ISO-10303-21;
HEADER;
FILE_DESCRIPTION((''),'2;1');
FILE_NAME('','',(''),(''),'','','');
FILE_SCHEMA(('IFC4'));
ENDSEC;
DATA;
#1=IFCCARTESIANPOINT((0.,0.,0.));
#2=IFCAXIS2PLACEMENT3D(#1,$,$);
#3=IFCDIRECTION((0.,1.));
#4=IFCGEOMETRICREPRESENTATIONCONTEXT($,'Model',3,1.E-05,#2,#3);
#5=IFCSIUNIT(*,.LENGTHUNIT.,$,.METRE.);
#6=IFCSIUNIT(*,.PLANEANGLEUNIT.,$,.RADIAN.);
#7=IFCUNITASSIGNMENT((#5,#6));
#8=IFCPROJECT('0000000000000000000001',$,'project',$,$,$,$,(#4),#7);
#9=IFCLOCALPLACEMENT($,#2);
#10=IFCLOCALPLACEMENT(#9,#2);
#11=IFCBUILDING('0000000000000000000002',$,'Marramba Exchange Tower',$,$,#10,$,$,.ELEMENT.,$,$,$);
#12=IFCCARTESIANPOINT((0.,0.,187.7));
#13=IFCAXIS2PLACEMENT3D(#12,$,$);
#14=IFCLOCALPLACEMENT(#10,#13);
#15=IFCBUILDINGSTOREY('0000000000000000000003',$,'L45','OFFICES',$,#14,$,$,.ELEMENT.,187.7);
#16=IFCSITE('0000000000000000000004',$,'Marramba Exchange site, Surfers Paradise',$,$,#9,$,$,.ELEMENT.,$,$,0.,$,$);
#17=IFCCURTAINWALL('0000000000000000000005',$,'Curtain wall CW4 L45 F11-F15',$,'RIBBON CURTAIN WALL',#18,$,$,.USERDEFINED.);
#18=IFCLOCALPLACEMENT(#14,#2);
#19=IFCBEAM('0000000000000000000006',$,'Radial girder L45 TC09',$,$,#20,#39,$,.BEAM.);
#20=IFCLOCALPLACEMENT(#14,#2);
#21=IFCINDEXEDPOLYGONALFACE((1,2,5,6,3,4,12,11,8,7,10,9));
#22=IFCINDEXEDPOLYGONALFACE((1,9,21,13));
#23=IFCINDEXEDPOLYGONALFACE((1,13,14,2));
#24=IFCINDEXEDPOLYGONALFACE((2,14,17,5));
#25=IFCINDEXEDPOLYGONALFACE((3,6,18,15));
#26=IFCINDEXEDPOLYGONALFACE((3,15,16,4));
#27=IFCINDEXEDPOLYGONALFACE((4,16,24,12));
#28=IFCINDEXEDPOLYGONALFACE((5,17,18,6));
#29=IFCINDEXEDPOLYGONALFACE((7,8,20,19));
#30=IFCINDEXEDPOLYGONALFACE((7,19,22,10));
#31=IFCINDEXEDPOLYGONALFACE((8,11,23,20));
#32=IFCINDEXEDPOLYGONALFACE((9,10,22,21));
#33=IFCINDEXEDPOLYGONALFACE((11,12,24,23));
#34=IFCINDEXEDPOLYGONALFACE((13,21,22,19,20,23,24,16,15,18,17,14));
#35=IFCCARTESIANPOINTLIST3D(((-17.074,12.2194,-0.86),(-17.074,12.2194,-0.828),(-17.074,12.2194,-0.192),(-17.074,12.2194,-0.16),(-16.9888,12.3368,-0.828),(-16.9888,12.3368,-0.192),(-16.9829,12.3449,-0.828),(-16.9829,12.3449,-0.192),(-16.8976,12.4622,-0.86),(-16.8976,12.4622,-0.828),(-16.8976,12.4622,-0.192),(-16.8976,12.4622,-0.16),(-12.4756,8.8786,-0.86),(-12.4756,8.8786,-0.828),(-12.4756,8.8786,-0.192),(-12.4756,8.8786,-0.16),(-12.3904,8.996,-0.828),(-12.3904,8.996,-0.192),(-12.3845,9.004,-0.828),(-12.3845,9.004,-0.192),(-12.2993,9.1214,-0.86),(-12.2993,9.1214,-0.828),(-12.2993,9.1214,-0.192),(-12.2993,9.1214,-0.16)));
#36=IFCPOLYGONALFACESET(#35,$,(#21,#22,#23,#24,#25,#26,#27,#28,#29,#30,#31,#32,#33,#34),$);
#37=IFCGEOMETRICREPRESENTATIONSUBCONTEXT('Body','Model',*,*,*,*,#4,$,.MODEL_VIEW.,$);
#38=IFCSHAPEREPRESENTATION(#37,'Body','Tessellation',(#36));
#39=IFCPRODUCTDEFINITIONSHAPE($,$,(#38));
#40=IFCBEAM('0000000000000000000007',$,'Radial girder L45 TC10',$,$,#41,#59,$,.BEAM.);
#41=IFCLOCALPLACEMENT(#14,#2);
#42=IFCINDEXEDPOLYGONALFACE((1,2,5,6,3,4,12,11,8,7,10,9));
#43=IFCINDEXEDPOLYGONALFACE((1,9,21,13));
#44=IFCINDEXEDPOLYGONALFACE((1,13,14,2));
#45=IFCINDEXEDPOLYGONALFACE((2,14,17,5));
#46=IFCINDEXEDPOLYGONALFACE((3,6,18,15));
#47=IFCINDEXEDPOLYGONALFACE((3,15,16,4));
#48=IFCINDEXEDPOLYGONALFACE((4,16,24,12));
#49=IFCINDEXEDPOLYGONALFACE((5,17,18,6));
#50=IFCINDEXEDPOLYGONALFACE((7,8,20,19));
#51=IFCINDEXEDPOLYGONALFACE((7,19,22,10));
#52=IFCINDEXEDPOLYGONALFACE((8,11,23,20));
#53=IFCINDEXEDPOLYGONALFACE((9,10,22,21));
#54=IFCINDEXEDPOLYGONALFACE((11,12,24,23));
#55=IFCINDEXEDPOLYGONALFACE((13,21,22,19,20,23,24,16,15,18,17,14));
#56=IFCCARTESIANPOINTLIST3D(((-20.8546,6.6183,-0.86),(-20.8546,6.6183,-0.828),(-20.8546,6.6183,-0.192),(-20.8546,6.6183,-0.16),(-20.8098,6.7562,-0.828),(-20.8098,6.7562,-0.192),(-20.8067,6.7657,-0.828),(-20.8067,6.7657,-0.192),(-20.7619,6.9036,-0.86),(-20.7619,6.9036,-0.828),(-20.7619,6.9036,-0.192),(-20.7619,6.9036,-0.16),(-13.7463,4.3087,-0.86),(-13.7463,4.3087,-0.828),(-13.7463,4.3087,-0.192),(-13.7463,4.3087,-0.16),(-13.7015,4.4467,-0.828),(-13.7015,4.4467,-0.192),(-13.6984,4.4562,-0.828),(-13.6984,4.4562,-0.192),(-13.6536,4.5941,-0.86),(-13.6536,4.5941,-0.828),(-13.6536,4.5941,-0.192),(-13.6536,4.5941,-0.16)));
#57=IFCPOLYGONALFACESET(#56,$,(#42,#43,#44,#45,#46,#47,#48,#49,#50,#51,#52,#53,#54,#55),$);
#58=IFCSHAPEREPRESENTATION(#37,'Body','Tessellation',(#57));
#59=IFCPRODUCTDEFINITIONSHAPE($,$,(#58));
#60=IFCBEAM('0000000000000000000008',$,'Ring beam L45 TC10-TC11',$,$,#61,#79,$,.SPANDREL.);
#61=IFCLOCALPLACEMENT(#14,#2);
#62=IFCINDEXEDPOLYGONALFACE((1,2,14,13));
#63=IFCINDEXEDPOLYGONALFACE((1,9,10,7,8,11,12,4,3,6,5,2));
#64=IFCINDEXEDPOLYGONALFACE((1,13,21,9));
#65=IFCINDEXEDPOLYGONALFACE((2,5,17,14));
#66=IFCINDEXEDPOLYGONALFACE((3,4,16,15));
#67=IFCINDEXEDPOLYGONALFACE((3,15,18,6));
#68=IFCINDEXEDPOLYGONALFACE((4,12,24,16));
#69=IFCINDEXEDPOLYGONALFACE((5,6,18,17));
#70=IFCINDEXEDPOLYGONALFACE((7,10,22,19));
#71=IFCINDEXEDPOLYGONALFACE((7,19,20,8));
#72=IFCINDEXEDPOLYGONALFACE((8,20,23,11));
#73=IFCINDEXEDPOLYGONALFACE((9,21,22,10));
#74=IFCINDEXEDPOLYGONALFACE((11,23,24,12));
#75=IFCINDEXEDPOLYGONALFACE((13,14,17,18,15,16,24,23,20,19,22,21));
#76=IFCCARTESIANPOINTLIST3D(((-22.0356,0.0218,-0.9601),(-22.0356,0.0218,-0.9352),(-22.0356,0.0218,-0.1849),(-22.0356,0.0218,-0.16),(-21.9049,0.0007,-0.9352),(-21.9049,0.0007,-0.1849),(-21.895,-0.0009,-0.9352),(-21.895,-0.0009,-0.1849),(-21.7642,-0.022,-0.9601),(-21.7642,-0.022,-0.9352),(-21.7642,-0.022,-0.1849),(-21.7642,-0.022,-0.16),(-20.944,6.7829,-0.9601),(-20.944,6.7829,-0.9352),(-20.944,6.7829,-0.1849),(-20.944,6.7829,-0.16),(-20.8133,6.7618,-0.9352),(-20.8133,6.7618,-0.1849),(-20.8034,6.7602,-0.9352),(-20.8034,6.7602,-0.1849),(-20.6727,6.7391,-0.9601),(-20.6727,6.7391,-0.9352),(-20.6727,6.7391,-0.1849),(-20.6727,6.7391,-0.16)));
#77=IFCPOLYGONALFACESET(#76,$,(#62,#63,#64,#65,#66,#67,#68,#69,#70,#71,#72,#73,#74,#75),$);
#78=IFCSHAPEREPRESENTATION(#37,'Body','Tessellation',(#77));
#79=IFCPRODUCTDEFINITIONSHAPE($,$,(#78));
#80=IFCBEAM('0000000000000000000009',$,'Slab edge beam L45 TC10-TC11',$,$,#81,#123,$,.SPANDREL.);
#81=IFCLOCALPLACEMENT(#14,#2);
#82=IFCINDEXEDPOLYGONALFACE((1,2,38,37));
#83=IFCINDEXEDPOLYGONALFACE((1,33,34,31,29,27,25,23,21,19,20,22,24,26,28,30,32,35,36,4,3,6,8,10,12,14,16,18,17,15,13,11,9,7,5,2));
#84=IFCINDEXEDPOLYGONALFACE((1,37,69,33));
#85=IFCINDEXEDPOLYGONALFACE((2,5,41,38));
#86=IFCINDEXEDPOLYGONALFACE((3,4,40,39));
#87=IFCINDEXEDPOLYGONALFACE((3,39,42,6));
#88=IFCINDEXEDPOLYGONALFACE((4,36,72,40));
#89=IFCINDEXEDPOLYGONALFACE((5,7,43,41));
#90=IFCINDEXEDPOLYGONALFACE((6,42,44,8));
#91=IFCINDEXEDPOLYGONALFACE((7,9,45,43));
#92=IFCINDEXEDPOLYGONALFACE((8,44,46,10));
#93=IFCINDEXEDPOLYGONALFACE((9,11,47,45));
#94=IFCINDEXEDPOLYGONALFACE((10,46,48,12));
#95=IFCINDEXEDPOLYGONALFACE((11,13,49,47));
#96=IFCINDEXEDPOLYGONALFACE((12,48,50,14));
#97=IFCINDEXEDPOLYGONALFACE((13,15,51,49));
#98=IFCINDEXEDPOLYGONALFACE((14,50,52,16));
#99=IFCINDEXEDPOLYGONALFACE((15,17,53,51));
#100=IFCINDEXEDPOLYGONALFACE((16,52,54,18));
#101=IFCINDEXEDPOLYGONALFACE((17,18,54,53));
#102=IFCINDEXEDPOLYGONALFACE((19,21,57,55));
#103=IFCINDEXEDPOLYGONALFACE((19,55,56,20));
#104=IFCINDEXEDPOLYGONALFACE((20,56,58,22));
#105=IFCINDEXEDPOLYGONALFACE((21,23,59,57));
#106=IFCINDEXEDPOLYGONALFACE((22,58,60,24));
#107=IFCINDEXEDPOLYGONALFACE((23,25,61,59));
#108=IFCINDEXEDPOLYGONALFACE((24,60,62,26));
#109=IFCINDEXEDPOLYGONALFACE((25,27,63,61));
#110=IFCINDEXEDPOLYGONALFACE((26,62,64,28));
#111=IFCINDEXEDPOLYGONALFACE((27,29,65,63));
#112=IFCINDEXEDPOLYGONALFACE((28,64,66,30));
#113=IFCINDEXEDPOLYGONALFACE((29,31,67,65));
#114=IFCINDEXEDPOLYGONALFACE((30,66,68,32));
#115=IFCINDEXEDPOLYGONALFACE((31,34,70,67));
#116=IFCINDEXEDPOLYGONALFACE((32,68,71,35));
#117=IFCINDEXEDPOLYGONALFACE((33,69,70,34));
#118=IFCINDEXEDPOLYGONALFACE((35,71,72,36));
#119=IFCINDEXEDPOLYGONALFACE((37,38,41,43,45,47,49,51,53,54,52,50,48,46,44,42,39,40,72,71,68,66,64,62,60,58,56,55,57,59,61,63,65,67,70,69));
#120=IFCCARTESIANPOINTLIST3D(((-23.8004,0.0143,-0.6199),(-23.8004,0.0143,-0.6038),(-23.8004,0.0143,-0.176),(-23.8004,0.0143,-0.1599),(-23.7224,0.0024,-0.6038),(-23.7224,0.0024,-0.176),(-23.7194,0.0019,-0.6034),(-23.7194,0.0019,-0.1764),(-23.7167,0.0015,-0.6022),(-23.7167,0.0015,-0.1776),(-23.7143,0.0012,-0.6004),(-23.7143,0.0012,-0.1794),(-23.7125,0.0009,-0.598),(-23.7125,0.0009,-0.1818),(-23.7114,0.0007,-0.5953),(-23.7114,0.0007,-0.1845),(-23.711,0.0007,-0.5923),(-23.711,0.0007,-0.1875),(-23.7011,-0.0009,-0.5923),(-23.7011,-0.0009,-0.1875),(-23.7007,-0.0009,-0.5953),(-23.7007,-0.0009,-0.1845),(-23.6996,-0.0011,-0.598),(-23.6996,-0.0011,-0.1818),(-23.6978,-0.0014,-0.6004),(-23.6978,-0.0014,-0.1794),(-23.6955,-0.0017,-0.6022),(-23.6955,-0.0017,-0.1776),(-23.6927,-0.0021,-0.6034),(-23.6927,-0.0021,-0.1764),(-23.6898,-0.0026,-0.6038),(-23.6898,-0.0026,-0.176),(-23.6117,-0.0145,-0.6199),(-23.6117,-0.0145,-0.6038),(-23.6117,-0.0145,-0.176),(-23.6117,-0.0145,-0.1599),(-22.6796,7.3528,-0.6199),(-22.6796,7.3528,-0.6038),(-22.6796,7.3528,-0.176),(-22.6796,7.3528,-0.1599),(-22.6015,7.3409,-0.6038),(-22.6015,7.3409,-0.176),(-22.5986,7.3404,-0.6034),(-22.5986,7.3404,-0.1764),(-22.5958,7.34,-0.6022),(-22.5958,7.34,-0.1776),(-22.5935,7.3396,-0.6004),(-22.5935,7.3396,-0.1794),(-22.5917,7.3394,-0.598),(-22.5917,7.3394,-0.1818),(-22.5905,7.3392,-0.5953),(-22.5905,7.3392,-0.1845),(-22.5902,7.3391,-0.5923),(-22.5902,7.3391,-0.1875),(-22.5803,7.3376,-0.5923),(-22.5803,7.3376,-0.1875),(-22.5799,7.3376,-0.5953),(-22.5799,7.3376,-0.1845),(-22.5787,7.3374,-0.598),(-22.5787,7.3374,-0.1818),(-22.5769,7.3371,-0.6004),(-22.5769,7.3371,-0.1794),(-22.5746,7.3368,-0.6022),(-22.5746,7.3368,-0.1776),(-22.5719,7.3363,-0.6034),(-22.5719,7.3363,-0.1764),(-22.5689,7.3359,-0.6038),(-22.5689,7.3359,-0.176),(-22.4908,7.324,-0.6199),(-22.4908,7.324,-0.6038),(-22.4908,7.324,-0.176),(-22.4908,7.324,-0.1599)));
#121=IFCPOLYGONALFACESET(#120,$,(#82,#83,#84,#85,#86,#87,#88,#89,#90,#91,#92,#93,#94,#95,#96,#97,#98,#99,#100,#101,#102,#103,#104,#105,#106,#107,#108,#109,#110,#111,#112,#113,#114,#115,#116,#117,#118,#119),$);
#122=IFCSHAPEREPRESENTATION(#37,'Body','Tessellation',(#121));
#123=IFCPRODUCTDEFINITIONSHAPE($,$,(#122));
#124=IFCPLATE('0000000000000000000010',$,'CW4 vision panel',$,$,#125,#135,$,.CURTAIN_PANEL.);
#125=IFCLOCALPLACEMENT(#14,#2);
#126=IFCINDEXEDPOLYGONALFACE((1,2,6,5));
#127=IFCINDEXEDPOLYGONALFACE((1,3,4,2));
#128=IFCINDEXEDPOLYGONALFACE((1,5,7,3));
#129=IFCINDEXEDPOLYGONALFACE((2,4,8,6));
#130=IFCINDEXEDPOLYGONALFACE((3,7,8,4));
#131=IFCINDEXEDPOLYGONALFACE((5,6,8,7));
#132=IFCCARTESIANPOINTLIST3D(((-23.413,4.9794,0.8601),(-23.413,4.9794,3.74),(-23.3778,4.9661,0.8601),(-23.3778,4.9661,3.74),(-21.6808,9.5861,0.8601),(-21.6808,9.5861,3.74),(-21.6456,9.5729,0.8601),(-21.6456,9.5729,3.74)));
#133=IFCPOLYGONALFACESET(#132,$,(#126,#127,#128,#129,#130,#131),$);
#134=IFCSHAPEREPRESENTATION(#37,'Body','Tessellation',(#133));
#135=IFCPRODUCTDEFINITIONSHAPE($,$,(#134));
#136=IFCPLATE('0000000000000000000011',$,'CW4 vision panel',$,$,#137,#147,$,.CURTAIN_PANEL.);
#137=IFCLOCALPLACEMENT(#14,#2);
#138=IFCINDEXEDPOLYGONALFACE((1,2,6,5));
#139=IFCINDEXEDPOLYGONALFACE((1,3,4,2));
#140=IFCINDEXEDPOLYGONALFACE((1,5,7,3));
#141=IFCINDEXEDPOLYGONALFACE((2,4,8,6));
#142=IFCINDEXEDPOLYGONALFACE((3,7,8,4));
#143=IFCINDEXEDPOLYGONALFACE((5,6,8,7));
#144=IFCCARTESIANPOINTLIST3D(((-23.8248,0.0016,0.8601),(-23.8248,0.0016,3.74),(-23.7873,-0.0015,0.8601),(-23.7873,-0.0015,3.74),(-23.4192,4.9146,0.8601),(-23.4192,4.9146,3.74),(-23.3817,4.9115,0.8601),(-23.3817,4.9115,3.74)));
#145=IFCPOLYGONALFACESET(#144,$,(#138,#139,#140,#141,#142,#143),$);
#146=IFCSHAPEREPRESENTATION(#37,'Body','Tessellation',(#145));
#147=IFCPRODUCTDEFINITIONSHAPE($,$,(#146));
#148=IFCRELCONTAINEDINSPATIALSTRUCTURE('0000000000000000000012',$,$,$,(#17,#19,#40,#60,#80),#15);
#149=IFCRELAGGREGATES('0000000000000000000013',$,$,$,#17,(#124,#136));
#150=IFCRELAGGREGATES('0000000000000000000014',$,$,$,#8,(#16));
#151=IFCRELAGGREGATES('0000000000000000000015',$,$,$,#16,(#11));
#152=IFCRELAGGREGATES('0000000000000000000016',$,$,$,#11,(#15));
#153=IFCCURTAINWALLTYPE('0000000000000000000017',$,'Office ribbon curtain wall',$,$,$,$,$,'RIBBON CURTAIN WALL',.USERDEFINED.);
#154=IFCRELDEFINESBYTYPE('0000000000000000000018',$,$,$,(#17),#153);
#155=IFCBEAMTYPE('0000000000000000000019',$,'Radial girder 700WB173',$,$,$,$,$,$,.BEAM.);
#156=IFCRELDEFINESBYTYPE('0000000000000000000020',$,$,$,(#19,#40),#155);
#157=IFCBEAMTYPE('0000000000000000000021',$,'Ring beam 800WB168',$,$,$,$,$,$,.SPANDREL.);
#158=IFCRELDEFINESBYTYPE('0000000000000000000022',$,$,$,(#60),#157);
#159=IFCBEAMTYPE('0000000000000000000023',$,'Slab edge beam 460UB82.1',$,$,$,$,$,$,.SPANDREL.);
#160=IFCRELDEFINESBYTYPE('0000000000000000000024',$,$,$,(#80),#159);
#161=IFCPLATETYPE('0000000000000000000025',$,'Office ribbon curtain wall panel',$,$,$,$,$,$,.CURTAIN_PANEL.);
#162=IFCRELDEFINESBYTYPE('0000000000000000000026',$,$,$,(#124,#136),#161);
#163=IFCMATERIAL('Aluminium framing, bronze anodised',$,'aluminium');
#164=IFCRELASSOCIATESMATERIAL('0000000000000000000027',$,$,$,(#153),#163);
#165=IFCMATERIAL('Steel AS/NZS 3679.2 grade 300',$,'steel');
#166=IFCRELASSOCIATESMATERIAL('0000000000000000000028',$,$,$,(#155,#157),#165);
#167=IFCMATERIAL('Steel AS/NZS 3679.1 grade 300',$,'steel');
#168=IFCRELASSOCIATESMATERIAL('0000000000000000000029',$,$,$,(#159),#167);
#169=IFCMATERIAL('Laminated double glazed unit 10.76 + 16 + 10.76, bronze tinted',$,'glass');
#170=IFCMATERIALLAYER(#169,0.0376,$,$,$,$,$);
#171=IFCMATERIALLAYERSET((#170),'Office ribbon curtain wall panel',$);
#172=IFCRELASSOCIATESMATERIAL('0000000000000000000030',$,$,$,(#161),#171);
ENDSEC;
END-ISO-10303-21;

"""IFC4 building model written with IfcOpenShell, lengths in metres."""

from ifc_helpers import new_model, si_unit, direction, frame, origin, origin_2d, place, context, subcontext, project, spatial, rectangle, i_section, extrude, material, layer, layer_set, material_profile, profile_set, type_object, element, aggregate, save


model = new_model("IFC4")

# Units and contexts
model_context = context("Model", 3, precision=1e-05, world=origin(), true_north=direction((0.0, 1.0)))
body_context = subcontext(model_context, "Body", "Model", "MODEL_VIEW")
ifc_project = project(units=[si_unit("LENGTHUNIT", "METRE"), si_unit("PLANEANGLEUNIT", "RADIAN")], contexts=[model_context])

# Site, building, storey
site_placement = place(None, origin())
site = spatial("IfcSite", under=ifc_project, at=site_placement, Name="Marramba Exchange site, Surfers Paradise", CompositionType="ELEMENT", RefElevation=0.0)
building_placement = place(site_placement, origin())
building = spatial("IfcBuilding", under=site, at=building_placement, Name="Marramba Exchange Tower", CompositionType="ELEMENT")
storey_placement = place(building_placement, frame((0.0, 0.0, 187.7)))
storey = spatial("IfcBuildingStorey", under=building, at=storey_placement, Name="L45", Description="OFFICES", CompositionType="ELEMENT", Elevation=187.7)

# Shared definitions
ifc_material_1 = material(Name="Steel AS/NZS 3679.2 grade 300", Category="steel")
ifc_material_2 = material(Name="Steel AS/NZS 3679.1 grade 300", Category="steel")

# Curtain wall
ifc_material_3 = material(Name="Aluminium framing, bronze anodised", Category="aluminium")
curtain_wall_type = type_object("IfcCurtainWallType", Name="Office ribbon curtain wall", ElementType="RIBBON CURTAIN WALL", PredefinedType="USERDEFINED", material=ifc_material_3)
curtain_wall_placement = place(storey_placement, origin())
curtain_wall = element("IfcCurtainWall", 1, at=curtain_wall_placement, inside=storey, type_object=curtain_wall_type, Name="Curtain wall CW4 L45 F11-F15", ObjectType="RIBBON CURTAIN WALL", PredefinedType="USERDEFINED")

# Beams
ifc_material_profile_1 = material_profile(ifc_material_1, i_section(OverallWidth=0.3, OverallDepth=0.7, WebThickness=0.01, FlangeThickness=0.032, at=origin_2d()), Name="700WB173")
ifc_profile_set_1 = profile_set([ifc_material_profile_1], Name="Steel AS/NZS 3679.2 grade 300")
beam_type_1 = type_object("IfcBeamType", Name="Radial girder 700WB173", PredefinedType="BEAM", material=ifc_profile_set_1)
beam_1_placement = place(storey_placement, frame((-12.3875, 9.0, -0.51), z_axis=(-0.809026, 0.587773, 0.0), x_axis=(-0.587773, -0.809026, 0.0)))
element("IfcBeam", 2, at=beam_1_placement, inside=storey, type_object=beam_type_1, Name="Radial girder L45 TC09", PredefinedType="BEAM", context=body_context, shape_type="SweptSolid", body=[
    extrude(i_section(OverallWidth=0.3, OverallDepth=0.7, WebThickness=0.01, FlangeThickness=0.032, at=origin_2d()), origin(), (0.0, 0.0, 1.0), 5.6838),
])
beam_2_placement = place(storey_placement, frame((-13.7, 4.4514, -0.51), z_axis=(-0.95106, 0.309006, 0.0), x_axis=(-0.309006, -0.95106, 0.0)))
element("IfcBeam", 3, at=beam_2_placement, inside=storey, type_object=beam_type_1, Name="Radial girder L45 TC10", PredefinedType="BEAM", context=body_context, shape_type="SweptSolid", body=[
    extrude(i_section(OverallWidth=0.3, OverallDepth=0.7, WebThickness=0.01, FlangeThickness=0.032, at=origin_2d()), origin(), (0.0, 0.0, 1.0), 7.4741),
])
ifc_material_profile_2 = material_profile(ifc_material_1, i_section(OverallWidth=0.2749, OverallDepth=0.8, WebThickness=0.01, FlangeThickness=0.0249, at=origin_2d()), Name="800WB168")
ifc_profile_set_2 = profile_set([ifc_material_profile_2], Name="Steel AS/NZS 3679.2 grade 300")
beam_type_2 = type_object("IfcBeamType", Name="Ring beam 800WB168", PredefinedType="SPANDREL", material=ifc_profile_set_2)
beam_3_placement = place(storey_placement, frame((-20.8083, 6.761, -0.5601), z_axis=(-0.159385, -0.987217, 0.0), x_axis=(0.987217, -0.159385, 0.0)))
element("IfcBeam", 4, at=beam_3_placement, inside=storey, type_object=beam_type_2, Name="Ring beam L45 TC10-TC11", PredefinedType="SPANDREL", context=body_context, shape_type="SweptSolid", body=[
    extrude(i_section(OverallWidth=0.2749, OverallDepth=0.8, WebThickness=0.01, FlangeThickness=0.0249, at=origin_2d()), origin(), (0.0, 0.0, 1.0), 6.8486),
])
ifc_material_profile_3 = material_profile(ifc_material_2, i_section(OverallWidth=0.1909, OverallDepth=0.46, WebThickness=0.01, FlangeThickness=0.0161, FilletRadius=0.0115, at=origin_2d()), Name="460UB82.1")
ifc_profile_set_3 = profile_set([ifc_material_profile_3], Name="Steel AS/NZS 3679.1 grade 300")
beam_type_3 = type_object("IfcBeamType", Name="Slab edge beam 460UB82.1", PredefinedType="SPANDREL", material=ifc_profile_set_3)
beam_4_placement = place(storey_placement, frame((-22.5852, 7.3384, -0.3899), z_axis=(-0.150987, -0.988536, 0.0), x_axis=(0.988536, -0.150987, 0.0)))
element("IfcBeam", 5, at=beam_4_placement, inside=storey, type_object=beam_type_3, Name="Slab edge beam L45 TC10-TC11", PredefinedType="SPANDREL", context=body_context, shape_type="SweptSolid", body=[
    extrude(i_section(OverallWidth=0.1909, OverallDepth=0.46, WebThickness=0.01, FlangeThickness=0.0161, FilletRadius=0.0115, at=origin_2d()), origin(), (0.0, 0.0, 1.0), 7.4236),
])

# Plates
ifc_material_4 = material(Name="Laminated double glazed unit 10.76 + 16 + 10.76, bronze tinted", Category="glass")
ifc_layer_1 = layer(ifc_material_4, 0.0376)
ifc_layer_set_1 = layer_set([ifc_layer_1], Name="Office ribbon curtain wall panel")
plate_type = type_object("IfcPlateType", Name="Office ribbon curtain wall panel", PredefinedType="CURTAIN_PANEL", material=ifc_layer_set_1)
plate_1_placement = place(storey_placement, frame((-22.5293, 7.2761, 0.8601), z_axis=(0.0, 0.0, 1.0), x_axis=(-0.351952, -0.936018, 0.0)))
plate_1 = element("IfcPlate", 6, at=plate_1_placement, type_object=plate_type, Name="CW4 vision panel", PredefinedType="CURTAIN_PANEL", context=body_context, shape_type="SweptSolid", body=[
    extrude(rectangle(XDim=4.9216, YDim=0.0376, at=origin_2d()), origin(), (0.0, 0.0, 1.0), 2.8799),
])
plate_2_placement = place(storey_placement, frame((-23.6033, 2.4565, 0.8601), z_axis=(0.0, 0.0, 1.0), x_axis=(-0.082281, -0.996609, 0.0)))
plate_2 = element("IfcPlate", 7, at=plate_2_placement, type_object=plate_type, Name="CW4 vision panel", PredefinedType="CURTAIN_PANEL", context=body_context, shape_type="SweptSolid", body=[
    extrude(rectangle(XDim=4.9297, YDim=0.0376, at=origin_2d()), origin(), (0.0, 0.0, 1.0), 2.8799),
])
aggregate(curtain_wall, [plate_1, plate_2])

save(model, "model.ifc")
